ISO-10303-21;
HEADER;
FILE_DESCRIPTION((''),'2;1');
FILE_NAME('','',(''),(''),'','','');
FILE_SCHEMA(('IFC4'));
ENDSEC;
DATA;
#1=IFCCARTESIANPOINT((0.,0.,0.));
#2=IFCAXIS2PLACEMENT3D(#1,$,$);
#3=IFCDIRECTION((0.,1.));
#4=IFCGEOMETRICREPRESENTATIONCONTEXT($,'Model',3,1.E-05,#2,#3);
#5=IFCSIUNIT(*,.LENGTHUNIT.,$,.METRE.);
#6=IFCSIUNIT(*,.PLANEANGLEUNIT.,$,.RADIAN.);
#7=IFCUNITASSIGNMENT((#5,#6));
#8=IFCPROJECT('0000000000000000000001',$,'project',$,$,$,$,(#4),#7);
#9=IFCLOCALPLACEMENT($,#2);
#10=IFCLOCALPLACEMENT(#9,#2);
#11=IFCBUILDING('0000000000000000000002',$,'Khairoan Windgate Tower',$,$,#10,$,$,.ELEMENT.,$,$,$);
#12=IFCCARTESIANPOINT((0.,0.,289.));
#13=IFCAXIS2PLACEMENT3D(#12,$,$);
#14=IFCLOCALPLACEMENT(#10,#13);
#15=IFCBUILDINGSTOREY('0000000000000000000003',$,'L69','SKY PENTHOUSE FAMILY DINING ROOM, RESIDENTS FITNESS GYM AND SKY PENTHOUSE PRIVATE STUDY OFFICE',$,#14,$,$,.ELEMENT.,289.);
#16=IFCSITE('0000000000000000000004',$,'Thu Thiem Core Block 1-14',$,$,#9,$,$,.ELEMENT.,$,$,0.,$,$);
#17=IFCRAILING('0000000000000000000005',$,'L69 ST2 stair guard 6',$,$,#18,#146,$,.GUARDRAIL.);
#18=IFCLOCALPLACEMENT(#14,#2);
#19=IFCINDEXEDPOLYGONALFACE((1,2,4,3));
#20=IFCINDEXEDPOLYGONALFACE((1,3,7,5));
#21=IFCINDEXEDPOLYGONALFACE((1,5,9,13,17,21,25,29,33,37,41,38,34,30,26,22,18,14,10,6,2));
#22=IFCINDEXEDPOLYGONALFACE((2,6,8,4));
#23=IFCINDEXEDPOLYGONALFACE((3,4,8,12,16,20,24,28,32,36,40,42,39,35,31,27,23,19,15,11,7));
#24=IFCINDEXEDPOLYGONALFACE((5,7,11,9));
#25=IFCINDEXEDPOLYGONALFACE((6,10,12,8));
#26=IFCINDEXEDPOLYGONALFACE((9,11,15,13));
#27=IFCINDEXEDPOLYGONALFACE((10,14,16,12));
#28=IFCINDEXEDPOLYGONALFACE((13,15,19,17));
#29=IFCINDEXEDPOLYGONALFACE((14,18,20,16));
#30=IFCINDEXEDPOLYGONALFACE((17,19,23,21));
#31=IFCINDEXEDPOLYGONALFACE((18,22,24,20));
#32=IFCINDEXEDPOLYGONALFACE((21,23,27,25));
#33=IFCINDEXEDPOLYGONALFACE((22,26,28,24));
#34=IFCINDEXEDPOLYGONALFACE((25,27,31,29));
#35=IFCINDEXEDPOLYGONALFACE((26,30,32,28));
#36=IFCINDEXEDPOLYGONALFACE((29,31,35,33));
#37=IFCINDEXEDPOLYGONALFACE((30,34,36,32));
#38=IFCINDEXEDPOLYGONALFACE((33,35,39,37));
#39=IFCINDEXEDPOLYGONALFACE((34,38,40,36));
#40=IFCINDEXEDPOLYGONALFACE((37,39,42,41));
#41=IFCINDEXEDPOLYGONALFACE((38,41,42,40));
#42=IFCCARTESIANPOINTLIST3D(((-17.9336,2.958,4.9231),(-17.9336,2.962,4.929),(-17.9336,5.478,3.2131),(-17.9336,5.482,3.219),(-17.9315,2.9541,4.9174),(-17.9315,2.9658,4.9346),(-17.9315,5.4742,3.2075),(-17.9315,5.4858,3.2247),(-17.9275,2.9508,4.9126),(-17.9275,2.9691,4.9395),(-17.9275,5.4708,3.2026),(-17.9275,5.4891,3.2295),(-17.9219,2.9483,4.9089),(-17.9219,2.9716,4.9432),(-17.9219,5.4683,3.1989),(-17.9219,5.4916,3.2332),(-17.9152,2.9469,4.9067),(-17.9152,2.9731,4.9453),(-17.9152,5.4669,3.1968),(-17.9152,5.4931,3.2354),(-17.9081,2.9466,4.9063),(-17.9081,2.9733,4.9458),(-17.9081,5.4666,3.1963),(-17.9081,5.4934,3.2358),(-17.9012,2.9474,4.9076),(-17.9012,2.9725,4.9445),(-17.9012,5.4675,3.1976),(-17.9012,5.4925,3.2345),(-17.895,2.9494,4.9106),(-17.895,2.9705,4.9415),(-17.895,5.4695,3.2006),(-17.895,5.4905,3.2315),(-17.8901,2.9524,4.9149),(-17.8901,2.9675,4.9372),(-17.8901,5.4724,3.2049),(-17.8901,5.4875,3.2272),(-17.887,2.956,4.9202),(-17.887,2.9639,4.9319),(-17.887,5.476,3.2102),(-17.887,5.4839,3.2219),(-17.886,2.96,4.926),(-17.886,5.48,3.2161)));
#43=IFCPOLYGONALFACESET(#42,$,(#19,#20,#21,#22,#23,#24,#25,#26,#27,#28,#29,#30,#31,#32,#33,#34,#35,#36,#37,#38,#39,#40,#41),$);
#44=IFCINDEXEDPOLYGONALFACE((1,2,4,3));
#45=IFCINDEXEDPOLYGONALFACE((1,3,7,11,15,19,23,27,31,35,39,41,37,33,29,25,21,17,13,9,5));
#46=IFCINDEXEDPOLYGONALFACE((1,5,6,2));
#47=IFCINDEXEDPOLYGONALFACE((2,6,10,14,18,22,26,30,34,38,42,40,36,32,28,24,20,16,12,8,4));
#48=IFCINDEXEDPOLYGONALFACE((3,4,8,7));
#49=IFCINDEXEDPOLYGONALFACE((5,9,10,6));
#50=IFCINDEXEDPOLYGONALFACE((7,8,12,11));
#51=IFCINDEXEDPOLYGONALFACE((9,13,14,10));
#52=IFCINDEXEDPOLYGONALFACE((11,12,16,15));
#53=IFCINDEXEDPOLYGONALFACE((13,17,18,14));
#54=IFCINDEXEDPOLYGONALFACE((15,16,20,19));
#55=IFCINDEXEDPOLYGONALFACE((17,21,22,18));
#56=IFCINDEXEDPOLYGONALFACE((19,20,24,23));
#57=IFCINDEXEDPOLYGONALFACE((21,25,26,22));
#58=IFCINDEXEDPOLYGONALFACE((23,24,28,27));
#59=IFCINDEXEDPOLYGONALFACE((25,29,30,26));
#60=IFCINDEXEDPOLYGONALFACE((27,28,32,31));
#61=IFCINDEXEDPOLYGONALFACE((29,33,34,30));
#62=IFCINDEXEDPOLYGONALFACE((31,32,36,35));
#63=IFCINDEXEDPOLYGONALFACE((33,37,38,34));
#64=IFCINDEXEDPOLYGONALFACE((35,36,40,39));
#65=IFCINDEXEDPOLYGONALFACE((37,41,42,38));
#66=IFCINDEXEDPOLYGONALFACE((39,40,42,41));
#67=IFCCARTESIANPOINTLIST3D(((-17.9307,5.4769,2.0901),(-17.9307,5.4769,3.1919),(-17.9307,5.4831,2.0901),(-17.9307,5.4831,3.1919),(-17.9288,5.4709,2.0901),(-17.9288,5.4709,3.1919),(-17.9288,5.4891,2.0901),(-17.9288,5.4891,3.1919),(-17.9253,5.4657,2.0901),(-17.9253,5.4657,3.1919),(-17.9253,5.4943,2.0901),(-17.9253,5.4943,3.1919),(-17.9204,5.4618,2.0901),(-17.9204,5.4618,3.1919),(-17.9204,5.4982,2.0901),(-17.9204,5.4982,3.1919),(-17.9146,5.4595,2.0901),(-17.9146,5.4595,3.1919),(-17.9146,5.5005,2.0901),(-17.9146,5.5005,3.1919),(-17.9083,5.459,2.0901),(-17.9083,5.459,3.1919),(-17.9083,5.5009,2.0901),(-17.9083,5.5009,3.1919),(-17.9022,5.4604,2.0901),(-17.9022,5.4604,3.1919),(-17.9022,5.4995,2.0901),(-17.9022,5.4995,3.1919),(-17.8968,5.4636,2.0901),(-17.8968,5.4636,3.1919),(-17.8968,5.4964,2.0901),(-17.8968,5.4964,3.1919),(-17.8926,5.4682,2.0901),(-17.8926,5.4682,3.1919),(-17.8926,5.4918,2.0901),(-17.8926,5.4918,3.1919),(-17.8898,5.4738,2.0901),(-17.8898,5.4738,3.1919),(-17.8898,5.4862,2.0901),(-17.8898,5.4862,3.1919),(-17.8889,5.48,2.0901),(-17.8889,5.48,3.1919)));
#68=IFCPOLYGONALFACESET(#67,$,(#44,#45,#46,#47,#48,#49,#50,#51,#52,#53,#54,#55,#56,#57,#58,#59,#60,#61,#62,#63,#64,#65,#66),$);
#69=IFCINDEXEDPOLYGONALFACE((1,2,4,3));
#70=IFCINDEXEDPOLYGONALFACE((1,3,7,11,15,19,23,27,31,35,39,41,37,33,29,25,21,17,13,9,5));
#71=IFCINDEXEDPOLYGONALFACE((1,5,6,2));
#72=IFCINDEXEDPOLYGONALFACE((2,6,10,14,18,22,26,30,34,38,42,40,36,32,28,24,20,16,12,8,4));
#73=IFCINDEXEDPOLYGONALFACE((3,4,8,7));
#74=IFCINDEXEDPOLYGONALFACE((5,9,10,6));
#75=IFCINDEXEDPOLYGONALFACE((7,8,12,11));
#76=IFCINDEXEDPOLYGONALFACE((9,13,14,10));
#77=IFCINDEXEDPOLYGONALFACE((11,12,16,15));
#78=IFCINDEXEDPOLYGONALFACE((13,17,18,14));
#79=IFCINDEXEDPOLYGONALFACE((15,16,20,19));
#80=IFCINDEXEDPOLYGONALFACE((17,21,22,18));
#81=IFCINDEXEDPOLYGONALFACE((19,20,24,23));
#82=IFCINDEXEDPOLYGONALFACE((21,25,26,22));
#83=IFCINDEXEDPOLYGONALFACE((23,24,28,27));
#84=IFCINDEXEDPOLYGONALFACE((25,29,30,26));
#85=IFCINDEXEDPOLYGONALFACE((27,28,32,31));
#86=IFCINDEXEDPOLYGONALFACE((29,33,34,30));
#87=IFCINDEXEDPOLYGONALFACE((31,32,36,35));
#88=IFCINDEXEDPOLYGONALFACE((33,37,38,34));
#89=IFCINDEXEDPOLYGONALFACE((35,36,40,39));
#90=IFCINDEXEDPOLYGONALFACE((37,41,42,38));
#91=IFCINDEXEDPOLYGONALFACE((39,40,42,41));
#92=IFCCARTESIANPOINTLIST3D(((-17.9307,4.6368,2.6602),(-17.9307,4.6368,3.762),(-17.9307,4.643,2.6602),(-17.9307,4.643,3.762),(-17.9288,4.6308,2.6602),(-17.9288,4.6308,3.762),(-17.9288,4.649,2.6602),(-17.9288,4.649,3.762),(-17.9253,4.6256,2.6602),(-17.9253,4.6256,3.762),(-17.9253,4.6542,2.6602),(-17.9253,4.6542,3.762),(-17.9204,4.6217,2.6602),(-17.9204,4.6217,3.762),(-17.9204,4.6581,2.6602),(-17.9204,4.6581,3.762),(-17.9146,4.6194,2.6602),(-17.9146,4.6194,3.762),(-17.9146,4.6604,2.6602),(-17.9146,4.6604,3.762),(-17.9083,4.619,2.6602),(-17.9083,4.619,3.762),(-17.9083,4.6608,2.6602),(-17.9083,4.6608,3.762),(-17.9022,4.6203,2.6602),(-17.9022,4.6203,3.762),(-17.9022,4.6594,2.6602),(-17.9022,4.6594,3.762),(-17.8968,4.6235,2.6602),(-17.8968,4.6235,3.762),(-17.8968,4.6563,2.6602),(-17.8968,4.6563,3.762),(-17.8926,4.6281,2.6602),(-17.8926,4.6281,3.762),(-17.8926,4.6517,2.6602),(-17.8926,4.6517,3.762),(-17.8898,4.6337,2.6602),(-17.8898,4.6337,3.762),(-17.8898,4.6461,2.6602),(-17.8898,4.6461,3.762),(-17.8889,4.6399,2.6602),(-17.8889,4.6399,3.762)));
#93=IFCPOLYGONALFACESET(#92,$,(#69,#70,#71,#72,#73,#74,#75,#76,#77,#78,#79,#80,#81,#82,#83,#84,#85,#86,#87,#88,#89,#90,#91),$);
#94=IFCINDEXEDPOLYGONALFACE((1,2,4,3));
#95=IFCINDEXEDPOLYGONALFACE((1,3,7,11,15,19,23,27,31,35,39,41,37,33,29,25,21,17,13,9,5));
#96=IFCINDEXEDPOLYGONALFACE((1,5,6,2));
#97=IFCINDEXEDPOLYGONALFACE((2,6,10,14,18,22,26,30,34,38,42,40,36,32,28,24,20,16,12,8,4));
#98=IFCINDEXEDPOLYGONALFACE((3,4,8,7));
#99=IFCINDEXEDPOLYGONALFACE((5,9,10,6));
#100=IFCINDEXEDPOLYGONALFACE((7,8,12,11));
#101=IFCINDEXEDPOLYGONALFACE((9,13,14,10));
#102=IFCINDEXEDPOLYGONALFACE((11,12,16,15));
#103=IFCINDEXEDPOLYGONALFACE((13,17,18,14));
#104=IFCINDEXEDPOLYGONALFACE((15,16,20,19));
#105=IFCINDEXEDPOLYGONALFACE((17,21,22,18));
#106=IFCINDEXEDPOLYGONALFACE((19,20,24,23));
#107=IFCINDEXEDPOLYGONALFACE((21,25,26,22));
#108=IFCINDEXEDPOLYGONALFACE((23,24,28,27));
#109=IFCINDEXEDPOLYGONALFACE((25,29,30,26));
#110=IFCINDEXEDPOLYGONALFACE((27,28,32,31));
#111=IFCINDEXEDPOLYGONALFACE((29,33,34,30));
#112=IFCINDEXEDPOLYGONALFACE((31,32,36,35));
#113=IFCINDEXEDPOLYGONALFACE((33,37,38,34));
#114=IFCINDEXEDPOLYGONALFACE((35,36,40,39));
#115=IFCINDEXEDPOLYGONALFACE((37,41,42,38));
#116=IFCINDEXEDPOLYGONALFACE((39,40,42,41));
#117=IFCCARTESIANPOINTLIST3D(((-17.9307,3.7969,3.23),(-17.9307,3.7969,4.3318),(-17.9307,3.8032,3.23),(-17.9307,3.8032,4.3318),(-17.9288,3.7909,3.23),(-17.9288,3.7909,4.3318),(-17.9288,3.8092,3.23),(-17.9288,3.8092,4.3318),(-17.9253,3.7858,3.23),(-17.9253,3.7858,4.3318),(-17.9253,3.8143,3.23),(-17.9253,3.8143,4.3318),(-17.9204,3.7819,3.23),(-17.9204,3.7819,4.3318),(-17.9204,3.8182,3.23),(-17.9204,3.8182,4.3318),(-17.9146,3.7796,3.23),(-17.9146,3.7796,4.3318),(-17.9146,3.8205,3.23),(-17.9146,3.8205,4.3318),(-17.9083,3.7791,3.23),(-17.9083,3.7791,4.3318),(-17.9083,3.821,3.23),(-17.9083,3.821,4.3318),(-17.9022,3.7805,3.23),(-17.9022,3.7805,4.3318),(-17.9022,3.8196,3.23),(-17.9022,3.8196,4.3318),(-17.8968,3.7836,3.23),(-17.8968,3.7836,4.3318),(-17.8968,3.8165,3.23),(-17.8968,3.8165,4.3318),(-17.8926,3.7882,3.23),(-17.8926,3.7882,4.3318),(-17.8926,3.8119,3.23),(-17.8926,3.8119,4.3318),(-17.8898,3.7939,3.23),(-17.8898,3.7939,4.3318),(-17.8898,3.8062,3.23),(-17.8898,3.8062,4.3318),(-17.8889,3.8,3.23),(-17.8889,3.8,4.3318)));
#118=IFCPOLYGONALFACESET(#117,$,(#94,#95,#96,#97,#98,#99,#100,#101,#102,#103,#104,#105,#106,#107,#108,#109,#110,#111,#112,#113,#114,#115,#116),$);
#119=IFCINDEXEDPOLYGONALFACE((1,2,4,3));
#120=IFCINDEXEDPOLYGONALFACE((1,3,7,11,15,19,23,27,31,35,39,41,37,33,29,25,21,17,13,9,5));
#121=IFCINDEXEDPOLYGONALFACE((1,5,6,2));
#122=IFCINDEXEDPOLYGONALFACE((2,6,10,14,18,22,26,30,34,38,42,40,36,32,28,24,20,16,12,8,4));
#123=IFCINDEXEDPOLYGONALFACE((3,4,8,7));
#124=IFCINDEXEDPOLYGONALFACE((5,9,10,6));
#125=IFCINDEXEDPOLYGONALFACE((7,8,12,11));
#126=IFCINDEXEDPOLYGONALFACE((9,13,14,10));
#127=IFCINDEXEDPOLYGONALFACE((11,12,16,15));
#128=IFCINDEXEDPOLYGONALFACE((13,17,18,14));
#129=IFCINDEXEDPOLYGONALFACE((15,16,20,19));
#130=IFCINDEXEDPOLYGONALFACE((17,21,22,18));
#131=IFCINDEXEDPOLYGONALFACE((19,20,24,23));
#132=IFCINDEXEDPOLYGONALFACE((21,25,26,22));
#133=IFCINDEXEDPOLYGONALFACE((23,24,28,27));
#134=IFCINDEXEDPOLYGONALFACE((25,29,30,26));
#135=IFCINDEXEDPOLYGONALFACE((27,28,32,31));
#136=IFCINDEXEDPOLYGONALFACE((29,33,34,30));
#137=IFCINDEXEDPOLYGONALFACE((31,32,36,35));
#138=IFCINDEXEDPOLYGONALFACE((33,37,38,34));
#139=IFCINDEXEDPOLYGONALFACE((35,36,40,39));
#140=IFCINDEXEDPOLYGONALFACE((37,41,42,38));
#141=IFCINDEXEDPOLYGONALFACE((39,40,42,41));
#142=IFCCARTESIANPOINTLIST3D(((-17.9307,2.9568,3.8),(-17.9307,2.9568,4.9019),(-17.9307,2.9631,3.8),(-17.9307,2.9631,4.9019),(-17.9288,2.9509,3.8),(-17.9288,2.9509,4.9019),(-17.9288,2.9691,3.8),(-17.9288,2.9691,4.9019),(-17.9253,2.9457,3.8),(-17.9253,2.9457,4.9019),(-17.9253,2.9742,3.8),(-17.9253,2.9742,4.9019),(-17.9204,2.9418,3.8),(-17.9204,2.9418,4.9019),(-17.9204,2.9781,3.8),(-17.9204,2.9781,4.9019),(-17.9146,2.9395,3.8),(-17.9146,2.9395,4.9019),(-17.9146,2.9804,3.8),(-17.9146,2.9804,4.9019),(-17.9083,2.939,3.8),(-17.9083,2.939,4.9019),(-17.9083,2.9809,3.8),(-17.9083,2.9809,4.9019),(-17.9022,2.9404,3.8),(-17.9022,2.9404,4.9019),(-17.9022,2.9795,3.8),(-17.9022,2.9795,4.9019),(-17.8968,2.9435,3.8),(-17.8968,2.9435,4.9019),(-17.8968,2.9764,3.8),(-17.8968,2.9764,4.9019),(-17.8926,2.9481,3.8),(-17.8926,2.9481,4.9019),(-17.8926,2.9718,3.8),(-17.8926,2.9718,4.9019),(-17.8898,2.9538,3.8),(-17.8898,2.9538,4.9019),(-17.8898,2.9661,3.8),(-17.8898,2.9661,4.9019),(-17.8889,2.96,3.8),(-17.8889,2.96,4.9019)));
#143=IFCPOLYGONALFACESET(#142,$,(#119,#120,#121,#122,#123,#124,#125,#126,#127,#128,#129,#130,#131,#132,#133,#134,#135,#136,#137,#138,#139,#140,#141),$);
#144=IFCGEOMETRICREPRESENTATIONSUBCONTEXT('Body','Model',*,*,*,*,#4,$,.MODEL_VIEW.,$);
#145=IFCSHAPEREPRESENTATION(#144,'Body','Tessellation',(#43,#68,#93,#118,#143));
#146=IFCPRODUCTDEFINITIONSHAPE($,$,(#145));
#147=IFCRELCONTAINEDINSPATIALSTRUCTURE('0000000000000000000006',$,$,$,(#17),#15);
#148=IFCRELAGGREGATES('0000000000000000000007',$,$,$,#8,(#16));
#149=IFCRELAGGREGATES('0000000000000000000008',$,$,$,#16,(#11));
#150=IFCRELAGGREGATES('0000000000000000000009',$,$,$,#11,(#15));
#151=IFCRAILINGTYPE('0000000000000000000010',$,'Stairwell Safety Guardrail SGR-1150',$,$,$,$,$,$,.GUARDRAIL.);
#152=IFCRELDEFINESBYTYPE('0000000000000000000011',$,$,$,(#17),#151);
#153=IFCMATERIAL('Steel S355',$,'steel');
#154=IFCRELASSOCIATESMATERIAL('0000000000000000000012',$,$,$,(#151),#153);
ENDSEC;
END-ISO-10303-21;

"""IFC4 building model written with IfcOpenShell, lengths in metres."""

from ifc_helpers import new_model, si_unit, direction, frame, origin, origin_2d, place, context, subcontext, project, spatial, circle, extrude, material, type_object, element, save


model = new_model("IFC4")

# Units and contexts
model_context = context("Model", 3, precision=1e-05, world=origin(), true_north=direction((0.0, 1.0)))
body_context = subcontext(model_context, "Body", "Model", "MODEL_VIEW")
ifc_project = project(units=[si_unit("LENGTHUNIT", "METRE"), si_unit("PLANEANGLEUNIT", "RADIAN")], contexts=[model_context])

# Site, building, storey
site_placement = place(None, origin())
site = spatial("IfcSite", under=ifc_project, at=site_placement, Name="Thu Thiem Core Block 1-14", CompositionType="ELEMENT", RefElevation=0.0)
building_placement = place(site_placement, origin())
building = spatial("IfcBuilding", under=site, at=building_placement, Name="Khairoan Windgate Tower", CompositionType="ELEMENT")
storey_placement = place(building_placement, frame((0.0, 0.0, 289.0)))
storey = spatial("IfcBuildingStorey", under=building, at=storey_placement, Name="L69", Description="SKY PENTHOUSE FAMILY DINING ROOM, RESIDENTS FITNESS GYM AND SKY PENTHOUSE PRIVATE STUDY OFFICE", CompositionType="ELEMENT", Elevation=289.0)

# Railing
ifc_material_1 = material(Name="Steel S355", Category="steel")
railing_type_1 = type_object("IfcRailingType", Name="Stairwell Safety Guardrail SGR-1150", PredefinedType="GUARDRAIL", material=ifc_material_1)
railing_1_placement = place(storey_placement, frame((-17.9099, 5.48, 2.0901)))
element("IfcRailing", 1, at=railing_1_placement, inside=storey, type_object=railing_type_1, Name="L69 ST2 stair guard 6", PredefinedType="GUARDRAIL", context=body_context, shape_type="SweptSolid", body=[
    extrude(circle(Radius=0.0239, at=origin_2d()), frame((0.0, 0.0, 1.126), z_axis=(0.0, -0.827484, 0.56149), x_axis=(1.0, 0.0, 0.0)), (0.0, 0.0, 1.0), 3.0454),
    extrude(circle(Radius=0.021, at=origin_2d()), origin(), (0.0, 0.0, 1.0), 1.1018),
    extrude(circle(Radius=0.021, at=origin_2d()), frame((0.0, -0.8401, 0.5701)), (0.0, 0.0, 1.0), 1.1018),
    extrude(circle(Radius=0.021, at=origin_2d()), frame((0.0, -1.6799, 1.1399)), (0.0, 0.0, 1.0), 1.1018),
    extrude(circle(Radius=0.021, at=origin_2d()), frame((0.0, -2.52, 1.71)), (0.0, 0.0, 1.0), 1.1018),
])

save(model, "model.ifc")
